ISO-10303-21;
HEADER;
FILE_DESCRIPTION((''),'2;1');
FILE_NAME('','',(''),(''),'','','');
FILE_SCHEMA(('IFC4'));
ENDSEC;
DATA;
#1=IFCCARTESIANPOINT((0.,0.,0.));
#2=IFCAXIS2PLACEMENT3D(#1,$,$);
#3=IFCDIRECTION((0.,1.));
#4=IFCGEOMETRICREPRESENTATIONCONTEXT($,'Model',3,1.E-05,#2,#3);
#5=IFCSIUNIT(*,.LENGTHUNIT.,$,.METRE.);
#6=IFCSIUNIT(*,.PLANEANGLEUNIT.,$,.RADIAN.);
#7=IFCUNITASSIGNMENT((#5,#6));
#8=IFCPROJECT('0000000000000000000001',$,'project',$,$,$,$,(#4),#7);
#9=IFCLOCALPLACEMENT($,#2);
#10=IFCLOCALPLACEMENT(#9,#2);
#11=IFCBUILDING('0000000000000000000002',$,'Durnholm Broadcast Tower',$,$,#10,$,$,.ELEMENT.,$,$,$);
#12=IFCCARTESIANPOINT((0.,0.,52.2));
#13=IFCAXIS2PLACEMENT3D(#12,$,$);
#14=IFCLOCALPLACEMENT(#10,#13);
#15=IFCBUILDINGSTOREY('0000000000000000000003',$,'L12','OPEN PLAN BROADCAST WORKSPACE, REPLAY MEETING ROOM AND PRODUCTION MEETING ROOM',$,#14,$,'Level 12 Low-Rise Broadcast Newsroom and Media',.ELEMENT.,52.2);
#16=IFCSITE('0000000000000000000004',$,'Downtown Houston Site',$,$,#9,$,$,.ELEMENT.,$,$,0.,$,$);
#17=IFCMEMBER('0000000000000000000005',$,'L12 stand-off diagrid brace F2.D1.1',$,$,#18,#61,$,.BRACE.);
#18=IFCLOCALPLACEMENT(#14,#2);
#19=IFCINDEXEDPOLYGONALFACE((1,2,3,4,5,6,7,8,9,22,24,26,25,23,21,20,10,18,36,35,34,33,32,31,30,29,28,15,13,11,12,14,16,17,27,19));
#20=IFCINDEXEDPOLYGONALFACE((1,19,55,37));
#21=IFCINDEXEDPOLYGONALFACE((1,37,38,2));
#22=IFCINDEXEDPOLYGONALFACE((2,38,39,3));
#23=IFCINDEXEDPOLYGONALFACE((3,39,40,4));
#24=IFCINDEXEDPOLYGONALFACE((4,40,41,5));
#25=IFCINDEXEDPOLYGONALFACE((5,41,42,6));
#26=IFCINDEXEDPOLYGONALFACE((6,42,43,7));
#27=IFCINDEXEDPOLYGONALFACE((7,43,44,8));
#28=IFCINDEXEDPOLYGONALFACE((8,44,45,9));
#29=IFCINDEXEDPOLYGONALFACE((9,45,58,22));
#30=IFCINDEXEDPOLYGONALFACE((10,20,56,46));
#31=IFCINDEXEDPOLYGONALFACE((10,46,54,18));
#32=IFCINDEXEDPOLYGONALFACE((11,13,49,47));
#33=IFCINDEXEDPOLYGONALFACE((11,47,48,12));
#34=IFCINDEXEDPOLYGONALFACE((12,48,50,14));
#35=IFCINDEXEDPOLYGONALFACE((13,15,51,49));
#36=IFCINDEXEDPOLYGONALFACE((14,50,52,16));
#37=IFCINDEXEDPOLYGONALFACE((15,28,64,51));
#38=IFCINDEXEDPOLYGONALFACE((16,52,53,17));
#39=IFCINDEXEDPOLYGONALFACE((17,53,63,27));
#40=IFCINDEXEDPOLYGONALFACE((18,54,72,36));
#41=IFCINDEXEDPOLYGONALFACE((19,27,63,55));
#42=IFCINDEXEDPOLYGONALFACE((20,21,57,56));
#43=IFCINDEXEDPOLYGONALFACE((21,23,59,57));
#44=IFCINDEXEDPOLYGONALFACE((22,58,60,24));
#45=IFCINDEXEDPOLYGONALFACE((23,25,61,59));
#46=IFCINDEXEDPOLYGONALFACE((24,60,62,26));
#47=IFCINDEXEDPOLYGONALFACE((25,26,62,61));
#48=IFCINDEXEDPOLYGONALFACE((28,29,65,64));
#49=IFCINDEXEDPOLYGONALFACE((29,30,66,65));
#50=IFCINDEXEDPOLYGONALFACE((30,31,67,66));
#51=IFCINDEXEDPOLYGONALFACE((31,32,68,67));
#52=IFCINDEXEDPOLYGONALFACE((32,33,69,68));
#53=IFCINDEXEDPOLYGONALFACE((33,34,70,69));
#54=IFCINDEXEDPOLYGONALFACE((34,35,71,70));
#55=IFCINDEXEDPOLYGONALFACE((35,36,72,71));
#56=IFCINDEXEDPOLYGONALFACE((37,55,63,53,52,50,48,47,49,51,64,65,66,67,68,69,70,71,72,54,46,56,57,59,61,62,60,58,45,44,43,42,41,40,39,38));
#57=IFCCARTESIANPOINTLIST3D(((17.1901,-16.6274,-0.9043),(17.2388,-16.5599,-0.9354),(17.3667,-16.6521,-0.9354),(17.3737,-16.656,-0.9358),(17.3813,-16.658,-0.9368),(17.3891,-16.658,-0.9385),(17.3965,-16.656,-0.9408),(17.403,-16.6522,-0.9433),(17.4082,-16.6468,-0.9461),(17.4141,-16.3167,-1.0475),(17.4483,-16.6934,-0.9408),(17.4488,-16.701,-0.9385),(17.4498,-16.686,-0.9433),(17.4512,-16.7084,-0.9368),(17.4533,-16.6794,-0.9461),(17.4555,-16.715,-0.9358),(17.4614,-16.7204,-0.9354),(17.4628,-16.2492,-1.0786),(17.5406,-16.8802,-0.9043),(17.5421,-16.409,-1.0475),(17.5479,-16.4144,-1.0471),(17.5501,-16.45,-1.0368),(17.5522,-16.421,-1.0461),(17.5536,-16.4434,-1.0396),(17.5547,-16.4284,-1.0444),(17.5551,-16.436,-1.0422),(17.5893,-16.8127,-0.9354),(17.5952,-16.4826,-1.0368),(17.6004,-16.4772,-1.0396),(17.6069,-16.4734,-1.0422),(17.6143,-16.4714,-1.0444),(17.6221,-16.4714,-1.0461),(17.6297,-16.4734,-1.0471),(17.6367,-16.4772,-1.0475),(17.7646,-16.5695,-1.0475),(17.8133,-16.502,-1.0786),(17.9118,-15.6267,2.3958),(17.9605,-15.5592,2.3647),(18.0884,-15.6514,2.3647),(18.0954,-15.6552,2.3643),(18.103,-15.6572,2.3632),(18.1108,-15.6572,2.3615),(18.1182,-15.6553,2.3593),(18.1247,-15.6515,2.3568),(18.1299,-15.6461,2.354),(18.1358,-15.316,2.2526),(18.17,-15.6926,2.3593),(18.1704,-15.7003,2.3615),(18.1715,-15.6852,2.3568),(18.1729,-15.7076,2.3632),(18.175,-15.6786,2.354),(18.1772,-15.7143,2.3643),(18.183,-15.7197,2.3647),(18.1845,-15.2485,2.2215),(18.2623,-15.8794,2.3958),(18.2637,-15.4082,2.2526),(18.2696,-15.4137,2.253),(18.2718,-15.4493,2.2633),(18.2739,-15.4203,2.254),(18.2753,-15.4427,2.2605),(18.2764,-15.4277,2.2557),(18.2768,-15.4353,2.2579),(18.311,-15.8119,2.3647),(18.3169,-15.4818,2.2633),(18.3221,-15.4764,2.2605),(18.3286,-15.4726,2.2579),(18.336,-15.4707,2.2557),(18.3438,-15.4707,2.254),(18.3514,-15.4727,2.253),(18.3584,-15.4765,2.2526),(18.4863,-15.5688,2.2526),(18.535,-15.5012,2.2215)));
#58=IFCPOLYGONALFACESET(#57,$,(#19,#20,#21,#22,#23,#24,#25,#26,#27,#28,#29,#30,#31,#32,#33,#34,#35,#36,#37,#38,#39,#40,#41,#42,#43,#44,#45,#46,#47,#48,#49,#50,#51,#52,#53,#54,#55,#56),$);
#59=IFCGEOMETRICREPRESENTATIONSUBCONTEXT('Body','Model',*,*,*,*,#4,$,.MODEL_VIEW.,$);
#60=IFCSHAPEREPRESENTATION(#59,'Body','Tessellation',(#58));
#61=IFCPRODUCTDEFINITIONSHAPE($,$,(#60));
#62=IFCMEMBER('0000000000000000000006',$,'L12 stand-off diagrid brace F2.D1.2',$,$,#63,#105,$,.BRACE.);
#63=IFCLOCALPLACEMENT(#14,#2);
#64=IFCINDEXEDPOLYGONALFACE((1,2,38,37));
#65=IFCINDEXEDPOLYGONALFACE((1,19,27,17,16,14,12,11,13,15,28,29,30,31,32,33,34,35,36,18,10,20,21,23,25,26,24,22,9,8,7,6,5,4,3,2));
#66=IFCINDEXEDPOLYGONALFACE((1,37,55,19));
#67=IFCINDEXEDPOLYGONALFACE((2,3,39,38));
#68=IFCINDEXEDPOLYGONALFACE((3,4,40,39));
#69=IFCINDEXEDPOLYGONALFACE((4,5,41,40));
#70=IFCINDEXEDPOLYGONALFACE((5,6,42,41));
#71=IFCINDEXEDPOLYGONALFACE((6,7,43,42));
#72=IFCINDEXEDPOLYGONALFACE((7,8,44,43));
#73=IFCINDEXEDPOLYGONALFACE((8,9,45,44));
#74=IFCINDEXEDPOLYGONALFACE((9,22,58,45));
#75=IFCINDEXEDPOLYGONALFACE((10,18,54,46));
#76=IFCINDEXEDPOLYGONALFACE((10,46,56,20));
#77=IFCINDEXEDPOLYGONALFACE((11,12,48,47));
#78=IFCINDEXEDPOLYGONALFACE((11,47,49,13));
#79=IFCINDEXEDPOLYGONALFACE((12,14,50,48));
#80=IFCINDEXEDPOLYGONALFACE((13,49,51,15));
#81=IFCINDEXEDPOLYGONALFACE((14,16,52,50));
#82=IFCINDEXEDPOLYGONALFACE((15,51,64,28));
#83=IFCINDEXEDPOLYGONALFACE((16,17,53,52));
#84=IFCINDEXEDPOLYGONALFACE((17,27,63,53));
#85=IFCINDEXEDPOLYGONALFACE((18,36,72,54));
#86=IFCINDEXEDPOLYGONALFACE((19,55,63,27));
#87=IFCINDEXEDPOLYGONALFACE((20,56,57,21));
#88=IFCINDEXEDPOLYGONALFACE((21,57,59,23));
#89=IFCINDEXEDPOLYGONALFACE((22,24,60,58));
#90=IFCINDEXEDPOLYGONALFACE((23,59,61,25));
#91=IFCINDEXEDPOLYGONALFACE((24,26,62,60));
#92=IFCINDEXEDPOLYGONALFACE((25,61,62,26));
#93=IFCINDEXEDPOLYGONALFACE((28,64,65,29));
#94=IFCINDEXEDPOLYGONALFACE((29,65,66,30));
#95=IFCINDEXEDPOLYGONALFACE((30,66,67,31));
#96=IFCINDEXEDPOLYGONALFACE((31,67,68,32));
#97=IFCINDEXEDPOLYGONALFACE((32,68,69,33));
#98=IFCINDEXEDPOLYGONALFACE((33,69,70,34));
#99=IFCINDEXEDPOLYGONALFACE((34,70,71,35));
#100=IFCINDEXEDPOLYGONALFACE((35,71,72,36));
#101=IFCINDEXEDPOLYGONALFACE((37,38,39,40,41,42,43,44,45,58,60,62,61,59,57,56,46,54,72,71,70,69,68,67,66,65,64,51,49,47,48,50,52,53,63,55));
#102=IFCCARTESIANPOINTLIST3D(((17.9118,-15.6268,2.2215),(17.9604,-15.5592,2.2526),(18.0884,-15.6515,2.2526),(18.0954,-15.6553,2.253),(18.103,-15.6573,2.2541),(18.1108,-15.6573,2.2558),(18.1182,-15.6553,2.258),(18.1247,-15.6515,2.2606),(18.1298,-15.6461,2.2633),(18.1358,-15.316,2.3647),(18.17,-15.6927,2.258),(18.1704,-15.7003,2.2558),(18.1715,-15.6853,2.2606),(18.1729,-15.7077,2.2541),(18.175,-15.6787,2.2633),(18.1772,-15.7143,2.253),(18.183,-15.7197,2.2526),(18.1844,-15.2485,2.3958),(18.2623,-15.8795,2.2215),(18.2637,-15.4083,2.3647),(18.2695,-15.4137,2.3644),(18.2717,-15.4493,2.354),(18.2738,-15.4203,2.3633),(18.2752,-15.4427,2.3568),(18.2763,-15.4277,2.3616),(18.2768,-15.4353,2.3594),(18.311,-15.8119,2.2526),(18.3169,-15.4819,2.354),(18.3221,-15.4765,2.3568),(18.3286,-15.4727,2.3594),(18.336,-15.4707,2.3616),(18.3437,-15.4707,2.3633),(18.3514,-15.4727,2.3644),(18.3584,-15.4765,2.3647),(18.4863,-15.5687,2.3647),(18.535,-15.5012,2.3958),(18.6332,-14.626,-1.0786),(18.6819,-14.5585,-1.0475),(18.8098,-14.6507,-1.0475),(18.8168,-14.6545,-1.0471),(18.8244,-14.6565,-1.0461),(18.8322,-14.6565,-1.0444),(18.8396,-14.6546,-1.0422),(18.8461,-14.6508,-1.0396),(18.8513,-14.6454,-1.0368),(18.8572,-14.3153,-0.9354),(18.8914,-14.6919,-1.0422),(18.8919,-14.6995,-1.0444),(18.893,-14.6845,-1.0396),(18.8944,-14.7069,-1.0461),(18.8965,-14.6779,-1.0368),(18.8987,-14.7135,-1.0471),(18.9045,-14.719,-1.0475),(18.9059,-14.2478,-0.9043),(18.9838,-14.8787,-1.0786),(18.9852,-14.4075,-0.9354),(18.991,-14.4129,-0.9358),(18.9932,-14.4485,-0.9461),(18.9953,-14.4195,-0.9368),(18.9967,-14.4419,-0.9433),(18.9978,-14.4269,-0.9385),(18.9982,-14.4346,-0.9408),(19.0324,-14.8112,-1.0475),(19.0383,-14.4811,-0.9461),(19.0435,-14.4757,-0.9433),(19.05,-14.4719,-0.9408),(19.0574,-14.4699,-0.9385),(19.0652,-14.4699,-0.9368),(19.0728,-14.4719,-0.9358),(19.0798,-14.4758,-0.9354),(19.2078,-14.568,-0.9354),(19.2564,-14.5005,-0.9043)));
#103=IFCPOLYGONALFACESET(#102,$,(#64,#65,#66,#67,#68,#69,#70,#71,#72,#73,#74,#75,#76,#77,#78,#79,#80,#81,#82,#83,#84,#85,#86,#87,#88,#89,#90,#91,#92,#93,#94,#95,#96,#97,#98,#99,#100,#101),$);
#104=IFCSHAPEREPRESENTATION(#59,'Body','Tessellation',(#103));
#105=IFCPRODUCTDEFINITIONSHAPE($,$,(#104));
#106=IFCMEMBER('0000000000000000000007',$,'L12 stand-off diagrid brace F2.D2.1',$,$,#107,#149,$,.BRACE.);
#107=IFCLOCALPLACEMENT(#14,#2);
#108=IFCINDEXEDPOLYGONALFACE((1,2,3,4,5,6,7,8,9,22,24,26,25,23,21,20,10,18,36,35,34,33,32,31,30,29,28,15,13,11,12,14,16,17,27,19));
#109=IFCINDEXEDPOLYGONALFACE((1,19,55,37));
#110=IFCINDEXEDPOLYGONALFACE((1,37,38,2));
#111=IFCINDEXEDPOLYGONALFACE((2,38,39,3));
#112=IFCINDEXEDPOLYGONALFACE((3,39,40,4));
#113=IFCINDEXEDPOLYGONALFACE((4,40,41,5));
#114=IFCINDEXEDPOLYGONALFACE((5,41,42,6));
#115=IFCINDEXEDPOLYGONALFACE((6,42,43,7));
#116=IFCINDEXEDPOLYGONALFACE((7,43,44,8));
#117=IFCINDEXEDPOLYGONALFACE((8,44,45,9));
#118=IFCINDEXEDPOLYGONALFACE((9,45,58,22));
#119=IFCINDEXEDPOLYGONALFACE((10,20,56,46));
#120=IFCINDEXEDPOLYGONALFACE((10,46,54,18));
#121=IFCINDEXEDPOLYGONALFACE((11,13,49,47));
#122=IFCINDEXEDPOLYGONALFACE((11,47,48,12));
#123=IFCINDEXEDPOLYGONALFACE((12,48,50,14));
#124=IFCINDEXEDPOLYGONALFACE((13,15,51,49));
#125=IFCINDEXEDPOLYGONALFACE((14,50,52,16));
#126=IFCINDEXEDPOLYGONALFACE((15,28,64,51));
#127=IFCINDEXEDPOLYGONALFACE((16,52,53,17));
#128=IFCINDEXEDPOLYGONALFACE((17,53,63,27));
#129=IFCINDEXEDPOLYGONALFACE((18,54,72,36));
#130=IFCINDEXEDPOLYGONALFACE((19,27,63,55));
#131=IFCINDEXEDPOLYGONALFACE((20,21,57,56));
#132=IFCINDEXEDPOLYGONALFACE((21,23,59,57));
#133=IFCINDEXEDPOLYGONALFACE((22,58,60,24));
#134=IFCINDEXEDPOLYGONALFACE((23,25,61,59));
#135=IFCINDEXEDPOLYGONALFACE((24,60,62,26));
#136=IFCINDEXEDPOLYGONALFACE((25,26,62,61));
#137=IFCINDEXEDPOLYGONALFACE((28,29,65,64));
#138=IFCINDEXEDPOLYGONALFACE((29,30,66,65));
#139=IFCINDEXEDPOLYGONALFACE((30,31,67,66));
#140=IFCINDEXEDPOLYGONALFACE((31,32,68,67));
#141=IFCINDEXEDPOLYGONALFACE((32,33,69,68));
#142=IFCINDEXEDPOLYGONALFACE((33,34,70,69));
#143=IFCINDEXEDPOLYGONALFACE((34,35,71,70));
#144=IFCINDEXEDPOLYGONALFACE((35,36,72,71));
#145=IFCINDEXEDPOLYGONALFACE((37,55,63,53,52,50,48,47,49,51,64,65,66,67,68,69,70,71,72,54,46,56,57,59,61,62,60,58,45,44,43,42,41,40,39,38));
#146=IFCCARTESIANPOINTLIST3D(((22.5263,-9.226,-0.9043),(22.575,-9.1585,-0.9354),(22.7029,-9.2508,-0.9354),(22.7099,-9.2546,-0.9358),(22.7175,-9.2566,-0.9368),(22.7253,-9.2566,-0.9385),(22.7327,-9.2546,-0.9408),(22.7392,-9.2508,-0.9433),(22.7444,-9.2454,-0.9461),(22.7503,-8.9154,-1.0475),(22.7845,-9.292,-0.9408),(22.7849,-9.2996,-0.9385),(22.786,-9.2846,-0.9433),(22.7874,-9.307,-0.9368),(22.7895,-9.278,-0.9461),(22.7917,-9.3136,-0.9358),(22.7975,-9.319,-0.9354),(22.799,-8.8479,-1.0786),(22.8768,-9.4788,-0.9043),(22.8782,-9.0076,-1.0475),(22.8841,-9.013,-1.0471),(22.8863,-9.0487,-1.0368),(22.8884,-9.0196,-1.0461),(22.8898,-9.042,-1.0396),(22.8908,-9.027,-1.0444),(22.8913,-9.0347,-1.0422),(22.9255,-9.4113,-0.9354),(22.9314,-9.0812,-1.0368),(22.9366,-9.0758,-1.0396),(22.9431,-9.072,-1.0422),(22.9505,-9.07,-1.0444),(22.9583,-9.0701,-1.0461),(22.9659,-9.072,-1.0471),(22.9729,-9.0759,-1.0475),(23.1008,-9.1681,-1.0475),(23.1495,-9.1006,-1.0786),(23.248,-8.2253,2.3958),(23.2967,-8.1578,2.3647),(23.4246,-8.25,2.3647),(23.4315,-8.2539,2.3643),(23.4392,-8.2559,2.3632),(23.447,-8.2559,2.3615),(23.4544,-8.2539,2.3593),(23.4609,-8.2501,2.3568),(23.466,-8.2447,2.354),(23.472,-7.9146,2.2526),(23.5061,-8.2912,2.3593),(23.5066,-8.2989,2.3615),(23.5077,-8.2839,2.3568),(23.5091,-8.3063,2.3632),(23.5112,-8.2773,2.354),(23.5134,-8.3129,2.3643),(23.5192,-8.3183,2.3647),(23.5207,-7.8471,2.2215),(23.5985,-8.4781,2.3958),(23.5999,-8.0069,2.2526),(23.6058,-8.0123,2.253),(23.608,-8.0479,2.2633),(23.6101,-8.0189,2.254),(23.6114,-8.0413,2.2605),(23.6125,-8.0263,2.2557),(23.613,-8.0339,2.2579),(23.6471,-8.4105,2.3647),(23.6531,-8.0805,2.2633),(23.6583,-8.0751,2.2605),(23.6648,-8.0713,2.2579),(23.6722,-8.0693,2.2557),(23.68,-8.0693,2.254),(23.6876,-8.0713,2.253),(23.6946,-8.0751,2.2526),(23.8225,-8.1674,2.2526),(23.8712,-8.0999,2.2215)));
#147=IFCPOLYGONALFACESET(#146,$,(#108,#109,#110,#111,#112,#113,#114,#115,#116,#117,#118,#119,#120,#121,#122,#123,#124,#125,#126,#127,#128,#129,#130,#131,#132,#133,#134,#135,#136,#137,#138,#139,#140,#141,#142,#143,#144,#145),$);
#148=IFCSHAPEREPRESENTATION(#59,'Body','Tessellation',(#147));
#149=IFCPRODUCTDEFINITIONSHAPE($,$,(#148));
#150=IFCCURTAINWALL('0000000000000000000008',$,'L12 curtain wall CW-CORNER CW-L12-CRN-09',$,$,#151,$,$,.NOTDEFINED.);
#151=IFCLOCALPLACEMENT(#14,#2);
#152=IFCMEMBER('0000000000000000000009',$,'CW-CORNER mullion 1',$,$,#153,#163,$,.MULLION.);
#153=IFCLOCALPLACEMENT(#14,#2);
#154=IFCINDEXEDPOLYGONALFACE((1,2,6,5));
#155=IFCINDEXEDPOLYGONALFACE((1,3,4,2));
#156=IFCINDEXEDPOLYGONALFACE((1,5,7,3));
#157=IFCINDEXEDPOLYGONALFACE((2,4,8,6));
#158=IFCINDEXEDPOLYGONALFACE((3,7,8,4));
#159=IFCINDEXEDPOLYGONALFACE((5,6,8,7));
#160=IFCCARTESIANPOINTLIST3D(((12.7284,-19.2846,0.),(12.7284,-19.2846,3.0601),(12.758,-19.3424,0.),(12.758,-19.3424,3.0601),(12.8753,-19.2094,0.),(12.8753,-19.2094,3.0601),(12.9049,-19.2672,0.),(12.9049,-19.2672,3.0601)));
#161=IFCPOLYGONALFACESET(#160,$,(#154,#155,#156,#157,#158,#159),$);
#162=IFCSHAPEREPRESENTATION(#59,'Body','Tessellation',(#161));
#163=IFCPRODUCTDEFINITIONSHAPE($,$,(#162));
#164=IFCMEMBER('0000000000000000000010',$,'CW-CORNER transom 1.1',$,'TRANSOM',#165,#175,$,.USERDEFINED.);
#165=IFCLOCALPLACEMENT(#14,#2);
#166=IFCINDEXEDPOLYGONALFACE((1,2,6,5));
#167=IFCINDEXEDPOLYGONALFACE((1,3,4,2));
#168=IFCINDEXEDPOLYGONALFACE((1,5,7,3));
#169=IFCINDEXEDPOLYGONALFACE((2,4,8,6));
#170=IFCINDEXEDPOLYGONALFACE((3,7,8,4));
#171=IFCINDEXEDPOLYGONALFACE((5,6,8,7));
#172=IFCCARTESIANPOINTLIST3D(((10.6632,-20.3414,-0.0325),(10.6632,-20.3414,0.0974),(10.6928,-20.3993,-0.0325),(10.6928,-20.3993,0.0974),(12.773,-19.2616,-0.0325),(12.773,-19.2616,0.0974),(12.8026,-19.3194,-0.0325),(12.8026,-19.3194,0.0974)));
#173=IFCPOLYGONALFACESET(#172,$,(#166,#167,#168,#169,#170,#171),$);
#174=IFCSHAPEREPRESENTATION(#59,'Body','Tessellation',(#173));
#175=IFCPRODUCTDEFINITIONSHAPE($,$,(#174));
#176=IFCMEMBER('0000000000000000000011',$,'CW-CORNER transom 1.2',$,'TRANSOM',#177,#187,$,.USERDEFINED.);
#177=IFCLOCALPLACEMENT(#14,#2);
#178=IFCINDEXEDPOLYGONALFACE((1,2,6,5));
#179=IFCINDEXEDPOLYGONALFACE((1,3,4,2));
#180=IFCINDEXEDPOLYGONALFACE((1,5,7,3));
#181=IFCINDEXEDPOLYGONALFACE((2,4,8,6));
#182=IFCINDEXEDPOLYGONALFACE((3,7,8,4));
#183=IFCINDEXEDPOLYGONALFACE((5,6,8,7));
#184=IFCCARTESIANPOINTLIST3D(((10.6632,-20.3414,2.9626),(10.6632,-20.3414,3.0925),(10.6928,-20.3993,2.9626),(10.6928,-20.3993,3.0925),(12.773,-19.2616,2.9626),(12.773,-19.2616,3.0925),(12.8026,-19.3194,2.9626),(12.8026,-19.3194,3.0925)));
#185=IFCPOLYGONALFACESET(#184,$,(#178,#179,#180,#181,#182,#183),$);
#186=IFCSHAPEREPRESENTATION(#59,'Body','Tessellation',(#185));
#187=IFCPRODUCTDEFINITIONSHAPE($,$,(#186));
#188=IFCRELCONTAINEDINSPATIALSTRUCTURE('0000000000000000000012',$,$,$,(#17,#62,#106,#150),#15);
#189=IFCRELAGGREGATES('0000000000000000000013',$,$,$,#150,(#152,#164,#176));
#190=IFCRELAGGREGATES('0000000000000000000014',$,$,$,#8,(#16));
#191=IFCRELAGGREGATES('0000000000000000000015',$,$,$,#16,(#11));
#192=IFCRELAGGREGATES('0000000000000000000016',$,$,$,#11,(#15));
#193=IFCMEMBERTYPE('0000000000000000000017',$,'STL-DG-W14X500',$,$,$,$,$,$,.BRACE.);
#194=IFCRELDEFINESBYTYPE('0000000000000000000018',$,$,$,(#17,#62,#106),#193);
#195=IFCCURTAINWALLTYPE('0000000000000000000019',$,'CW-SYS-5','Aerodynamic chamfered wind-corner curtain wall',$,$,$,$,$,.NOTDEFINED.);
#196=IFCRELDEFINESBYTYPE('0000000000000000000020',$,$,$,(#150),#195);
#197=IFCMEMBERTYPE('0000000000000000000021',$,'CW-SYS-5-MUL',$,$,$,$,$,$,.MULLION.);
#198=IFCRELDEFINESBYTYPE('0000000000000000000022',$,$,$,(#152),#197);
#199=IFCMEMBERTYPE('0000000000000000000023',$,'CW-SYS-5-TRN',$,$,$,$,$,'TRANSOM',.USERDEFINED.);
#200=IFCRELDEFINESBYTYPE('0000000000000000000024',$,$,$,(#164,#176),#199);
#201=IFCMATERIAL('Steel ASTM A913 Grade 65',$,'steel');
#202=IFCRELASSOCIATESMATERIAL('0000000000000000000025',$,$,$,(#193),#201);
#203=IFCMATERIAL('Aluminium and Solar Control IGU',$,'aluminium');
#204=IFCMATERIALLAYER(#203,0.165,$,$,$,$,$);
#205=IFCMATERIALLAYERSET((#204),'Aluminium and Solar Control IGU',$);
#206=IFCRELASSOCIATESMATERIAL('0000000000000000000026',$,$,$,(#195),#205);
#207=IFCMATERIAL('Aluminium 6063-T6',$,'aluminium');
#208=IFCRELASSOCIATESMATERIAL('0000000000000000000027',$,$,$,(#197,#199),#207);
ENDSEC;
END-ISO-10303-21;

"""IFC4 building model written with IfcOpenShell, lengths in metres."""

from ifc_helpers import new_model, si_unit, direction, frame, origin, origin_2d, place, context, subcontext, project, spatial, rectangle, i_section, extrude, source, transform, mapped, material, layer, layer_set, material_profile, profile_set, type_object, type_shapes, element, aggregate, save


model = new_model("IFC4")

# Units and contexts
model_context = context("Model", 3, precision=1e-05, world=origin(), true_north=direction((0.0, 1.0)))
body_context = subcontext(model_context, "Body", "Model", "MODEL_VIEW")
ifc_project = project(units=[si_unit("LENGTHUNIT", "METRE"), si_unit("PLANEANGLEUNIT", "RADIAN")], contexts=[model_context])

# Site, building, storey
site_placement = place(None, origin())
site = spatial("IfcSite", under=ifc_project, at=site_placement, Name="Downtown Houston Site", CompositionType="ELEMENT", RefElevation=0.0)
building_placement = place(site_placement, origin())
building = spatial("IfcBuilding", under=site, at=building_placement, Name="Durnholm Broadcast Tower", CompositionType="ELEMENT")
storey_placement = place(building_placement, frame((0.0, 0.0, 52.2)))
storey = spatial("IfcBuildingStorey", under=building, at=storey_placement, Name="L12", Description="OPEN PLAN BROADCAST WORKSPACE, REPLAY MEETING ROOM AND PRODUCTION MEETING ROOM", LongName="Level 12 Low-Rise Broadcast Newsroom and Media", CompositionType="ELEMENT", Elevation=52.2)

# Members
ifc_material_1 = material(Name="Steel ASTM A913 Grade 65", Category="steel")
ifc_material_profile_1 = material_profile(ifc_material_1, i_section(OverallWidth=0.4321, OverallDepth=0.4978, WebThickness=0.0557, FlangeThickness=0.0889, FilletRadius=0.0305, at=origin_2d()), Name="W14X500")
ifc_profile_set_1 = profile_set([ifc_material_profile_1], Name="Steel ASTM A913 Grade 65")
member_type_1 = type_object("IfcMemberType", Name="STL-DG-W14X500", PredefinedType="BRACE", material=ifc_profile_set_1)
shared_shape_1 = source(origin(), body_context, "Body", "SweptSolid", [
    extrude(i_section(OverallWidth=0.4321, OverallDepth=0.4978, WebThickness=0.0557, FlangeThickness=0.0889, FilletRadius=0.0305, at=origin_2d()), origin(), (0.0, 0.0, 1.0), 3.5232),
])
type_shapes(member_type_1, [shared_shape_1])
for number, where, z_axis, x_axis, name in (
    (1, (17.5017, -16.5647, -0.9915), (0.204839, 0.284045, 0.936675), (-0.811091, 0.58492, 0.0), "L12 stand-off diagrid brace F2.D1.1"),
    (2, (18.9448, -14.5632, -0.9915), (-0.204773, -0.284049, 0.936688), (0.811185, -0.584789, 0.0), "L12 stand-off diagrid brace F2.D1.2"),
    (3, (22.8379, -9.1633, -0.9915), (0.204839, 0.284045, 0.936675), (-0.811091, 0.58492, 0.0), "L12 stand-off diagrid brace F2.D2.1"),
):
    element("IfcMember", number, at=place(storey_placement, frame(where, z_axis=z_axis, x_axis=x_axis)), inside=storey, type_object=member_type_1, Name=name, PredefinedType="BRACE", context=body_context, shape_type="MappedRepresentation", body=[
        mapped(shared_shape_1, transform((0.0, 0.0, 0.0), x_axis=(1.0, 0.0, 0.0), y_axis=(0.0, 1.0, 0.0), z_axis=(0.0, 0.0, 1.0), scale=1.0)),
    ])

# Curtain wall, members
ifc_material_2 = material(Name="Aluminium and Solar Control IGU", Category="aluminium")
ifc_layer_1 = layer(ifc_material_2, 0.165)
ifc_layer_set_1 = layer_set([ifc_layer_1], Name="Aluminium and Solar Control IGU")
curtain_wall_type_1 = type_object("IfcCurtainWallType", Name="CW-SYS-5", Description="Aerodynamic chamfered wind-corner curtain wall", PredefinedType="NOTDEFINED", material=ifc_layer_set_1)
curtain_wall_1_placement = place(storey_placement, origin())
curtain_wall_1 = element("IfcCurtainWall", 4, at=curtain_wall_1_placement, inside=storey, type_object=curtain_wall_type_1, Name="L12 curtain wall CW-CORNER CW-L12-CRN-09", PredefinedType="NOTDEFINED")
ifc_material_3 = material(Name="Aluminium 6063-T6", Category="aluminium")
ifc_material_profile_2 = material_profile(ifc_material_3, rectangle(XDim=0.0649, YDim=0.165, at=origin_2d()), Name="CWM65X165")
ifc_profile_set_2 = profile_set([ifc_material_profile_2], Name="Aluminium 6063-T6")
member_type_2 = type_object("IfcMemberType", Name="CW-SYS-5-MUL", PredefinedType="MULLION", material=ifc_profile_set_2)
shared_shape_2 = source(origin(), body_context, "Body", "SweptSolid", [
    extrude(rectangle(XDim=0.0649, YDim=0.165, at=origin_2d()), origin(), (0.0, 0.0, 1.0), 3.0601),
])
type_shapes(member_type_2, [shared_shape_2])
member_1_placement = place(storey_placement, frame((12.8167, -19.2759, 0.0), z_axis=(0.0, 0.0, 1.0), x_axis=(0.455594, -0.890188, 0.0)))
member_1 = element("IfcMember", 5, at=member_1_placement, type_object=member_type_2, Name="CW-CORNER mullion 1", PredefinedType="MULLION", context=body_context, shape_type="MappedRepresentation", body=[
    mapped(shared_shape_2, transform((0.0, 0.0, 0.0), x_axis=(1.0, 0.0, 0.0), y_axis=(0.0, 1.0, 0.0), z_axis=(0.0, 0.0, 1.0), scale=1.0)),
])
ifc_material_profile_3 = material_profile(ifc_material_3, rectangle(XDim=0.0649, YDim=0.1299, at=origin_2d()), Name="CWT65X130")
ifc_profile_set_3 = profile_set([ifc_material_profile_3], Name="Aluminium 6063-T6")
member_type_3 = type_object("IfcMemberType", Name="CW-SYS-5-TRN", ElementType="TRANSOM", PredefinedType="USERDEFINED", material=ifc_profile_set_3)
shared_shape_3 = source(origin(), body_context, "Body", "SweptSolid", [
    extrude(rectangle(XDim=0.0649, YDim=0.1299, at=origin_2d()), origin(), (0.0, 0.0, 1.0), 2.3701),
])
type_shapes(member_type_3, [shared_shape_3])
member_2_placement = place(storey_placement, frame((12.7878, -19.2905, 0.0325), z_axis=(-0.890185, -0.455599, 0.0), x_axis=(0.455599, -0.890185, 0.0)))
member_2 = element("IfcMember", 6, at=member_2_placement, type_object=member_type_3, Name="CW-CORNER transom 1.1", ObjectType="TRANSOM", PredefinedType="USERDEFINED", context=body_context, shape_type="MappedRepresentation", body=[
    mapped(shared_shape_3, transform((0.0, 0.0, 0.0), x_axis=(1.0, 0.0, 0.0), y_axis=(0.0, 1.0, 0.0), z_axis=(0.0, 0.0, 1.0), scale=1.0)),
])
member_3_placement = place(storey_placement, frame((12.7878, -19.2905, 3.0276), z_axis=(-0.890185, -0.455599, 0.0), x_axis=(0.455599, -0.890185, 0.0)))
member_3 = element("IfcMember", 7, at=member_3_placement, type_object=member_type_3, Name="CW-CORNER transom 1.2", ObjectType="TRANSOM", PredefinedType="USERDEFINED", context=body_context, shape_type="MappedRepresentation", body=[
    mapped(shared_shape_3, transform((0.0, 0.0, 0.0), x_axis=(1.0, 0.0, 0.0), y_axis=(0.0, 1.0, 0.0), z_axis=(0.0, 0.0, 1.0), scale=1.0)),
])

aggregate(curtain_wall_1, [member_1, member_2, member_3])

save(model, "model.ifc")
